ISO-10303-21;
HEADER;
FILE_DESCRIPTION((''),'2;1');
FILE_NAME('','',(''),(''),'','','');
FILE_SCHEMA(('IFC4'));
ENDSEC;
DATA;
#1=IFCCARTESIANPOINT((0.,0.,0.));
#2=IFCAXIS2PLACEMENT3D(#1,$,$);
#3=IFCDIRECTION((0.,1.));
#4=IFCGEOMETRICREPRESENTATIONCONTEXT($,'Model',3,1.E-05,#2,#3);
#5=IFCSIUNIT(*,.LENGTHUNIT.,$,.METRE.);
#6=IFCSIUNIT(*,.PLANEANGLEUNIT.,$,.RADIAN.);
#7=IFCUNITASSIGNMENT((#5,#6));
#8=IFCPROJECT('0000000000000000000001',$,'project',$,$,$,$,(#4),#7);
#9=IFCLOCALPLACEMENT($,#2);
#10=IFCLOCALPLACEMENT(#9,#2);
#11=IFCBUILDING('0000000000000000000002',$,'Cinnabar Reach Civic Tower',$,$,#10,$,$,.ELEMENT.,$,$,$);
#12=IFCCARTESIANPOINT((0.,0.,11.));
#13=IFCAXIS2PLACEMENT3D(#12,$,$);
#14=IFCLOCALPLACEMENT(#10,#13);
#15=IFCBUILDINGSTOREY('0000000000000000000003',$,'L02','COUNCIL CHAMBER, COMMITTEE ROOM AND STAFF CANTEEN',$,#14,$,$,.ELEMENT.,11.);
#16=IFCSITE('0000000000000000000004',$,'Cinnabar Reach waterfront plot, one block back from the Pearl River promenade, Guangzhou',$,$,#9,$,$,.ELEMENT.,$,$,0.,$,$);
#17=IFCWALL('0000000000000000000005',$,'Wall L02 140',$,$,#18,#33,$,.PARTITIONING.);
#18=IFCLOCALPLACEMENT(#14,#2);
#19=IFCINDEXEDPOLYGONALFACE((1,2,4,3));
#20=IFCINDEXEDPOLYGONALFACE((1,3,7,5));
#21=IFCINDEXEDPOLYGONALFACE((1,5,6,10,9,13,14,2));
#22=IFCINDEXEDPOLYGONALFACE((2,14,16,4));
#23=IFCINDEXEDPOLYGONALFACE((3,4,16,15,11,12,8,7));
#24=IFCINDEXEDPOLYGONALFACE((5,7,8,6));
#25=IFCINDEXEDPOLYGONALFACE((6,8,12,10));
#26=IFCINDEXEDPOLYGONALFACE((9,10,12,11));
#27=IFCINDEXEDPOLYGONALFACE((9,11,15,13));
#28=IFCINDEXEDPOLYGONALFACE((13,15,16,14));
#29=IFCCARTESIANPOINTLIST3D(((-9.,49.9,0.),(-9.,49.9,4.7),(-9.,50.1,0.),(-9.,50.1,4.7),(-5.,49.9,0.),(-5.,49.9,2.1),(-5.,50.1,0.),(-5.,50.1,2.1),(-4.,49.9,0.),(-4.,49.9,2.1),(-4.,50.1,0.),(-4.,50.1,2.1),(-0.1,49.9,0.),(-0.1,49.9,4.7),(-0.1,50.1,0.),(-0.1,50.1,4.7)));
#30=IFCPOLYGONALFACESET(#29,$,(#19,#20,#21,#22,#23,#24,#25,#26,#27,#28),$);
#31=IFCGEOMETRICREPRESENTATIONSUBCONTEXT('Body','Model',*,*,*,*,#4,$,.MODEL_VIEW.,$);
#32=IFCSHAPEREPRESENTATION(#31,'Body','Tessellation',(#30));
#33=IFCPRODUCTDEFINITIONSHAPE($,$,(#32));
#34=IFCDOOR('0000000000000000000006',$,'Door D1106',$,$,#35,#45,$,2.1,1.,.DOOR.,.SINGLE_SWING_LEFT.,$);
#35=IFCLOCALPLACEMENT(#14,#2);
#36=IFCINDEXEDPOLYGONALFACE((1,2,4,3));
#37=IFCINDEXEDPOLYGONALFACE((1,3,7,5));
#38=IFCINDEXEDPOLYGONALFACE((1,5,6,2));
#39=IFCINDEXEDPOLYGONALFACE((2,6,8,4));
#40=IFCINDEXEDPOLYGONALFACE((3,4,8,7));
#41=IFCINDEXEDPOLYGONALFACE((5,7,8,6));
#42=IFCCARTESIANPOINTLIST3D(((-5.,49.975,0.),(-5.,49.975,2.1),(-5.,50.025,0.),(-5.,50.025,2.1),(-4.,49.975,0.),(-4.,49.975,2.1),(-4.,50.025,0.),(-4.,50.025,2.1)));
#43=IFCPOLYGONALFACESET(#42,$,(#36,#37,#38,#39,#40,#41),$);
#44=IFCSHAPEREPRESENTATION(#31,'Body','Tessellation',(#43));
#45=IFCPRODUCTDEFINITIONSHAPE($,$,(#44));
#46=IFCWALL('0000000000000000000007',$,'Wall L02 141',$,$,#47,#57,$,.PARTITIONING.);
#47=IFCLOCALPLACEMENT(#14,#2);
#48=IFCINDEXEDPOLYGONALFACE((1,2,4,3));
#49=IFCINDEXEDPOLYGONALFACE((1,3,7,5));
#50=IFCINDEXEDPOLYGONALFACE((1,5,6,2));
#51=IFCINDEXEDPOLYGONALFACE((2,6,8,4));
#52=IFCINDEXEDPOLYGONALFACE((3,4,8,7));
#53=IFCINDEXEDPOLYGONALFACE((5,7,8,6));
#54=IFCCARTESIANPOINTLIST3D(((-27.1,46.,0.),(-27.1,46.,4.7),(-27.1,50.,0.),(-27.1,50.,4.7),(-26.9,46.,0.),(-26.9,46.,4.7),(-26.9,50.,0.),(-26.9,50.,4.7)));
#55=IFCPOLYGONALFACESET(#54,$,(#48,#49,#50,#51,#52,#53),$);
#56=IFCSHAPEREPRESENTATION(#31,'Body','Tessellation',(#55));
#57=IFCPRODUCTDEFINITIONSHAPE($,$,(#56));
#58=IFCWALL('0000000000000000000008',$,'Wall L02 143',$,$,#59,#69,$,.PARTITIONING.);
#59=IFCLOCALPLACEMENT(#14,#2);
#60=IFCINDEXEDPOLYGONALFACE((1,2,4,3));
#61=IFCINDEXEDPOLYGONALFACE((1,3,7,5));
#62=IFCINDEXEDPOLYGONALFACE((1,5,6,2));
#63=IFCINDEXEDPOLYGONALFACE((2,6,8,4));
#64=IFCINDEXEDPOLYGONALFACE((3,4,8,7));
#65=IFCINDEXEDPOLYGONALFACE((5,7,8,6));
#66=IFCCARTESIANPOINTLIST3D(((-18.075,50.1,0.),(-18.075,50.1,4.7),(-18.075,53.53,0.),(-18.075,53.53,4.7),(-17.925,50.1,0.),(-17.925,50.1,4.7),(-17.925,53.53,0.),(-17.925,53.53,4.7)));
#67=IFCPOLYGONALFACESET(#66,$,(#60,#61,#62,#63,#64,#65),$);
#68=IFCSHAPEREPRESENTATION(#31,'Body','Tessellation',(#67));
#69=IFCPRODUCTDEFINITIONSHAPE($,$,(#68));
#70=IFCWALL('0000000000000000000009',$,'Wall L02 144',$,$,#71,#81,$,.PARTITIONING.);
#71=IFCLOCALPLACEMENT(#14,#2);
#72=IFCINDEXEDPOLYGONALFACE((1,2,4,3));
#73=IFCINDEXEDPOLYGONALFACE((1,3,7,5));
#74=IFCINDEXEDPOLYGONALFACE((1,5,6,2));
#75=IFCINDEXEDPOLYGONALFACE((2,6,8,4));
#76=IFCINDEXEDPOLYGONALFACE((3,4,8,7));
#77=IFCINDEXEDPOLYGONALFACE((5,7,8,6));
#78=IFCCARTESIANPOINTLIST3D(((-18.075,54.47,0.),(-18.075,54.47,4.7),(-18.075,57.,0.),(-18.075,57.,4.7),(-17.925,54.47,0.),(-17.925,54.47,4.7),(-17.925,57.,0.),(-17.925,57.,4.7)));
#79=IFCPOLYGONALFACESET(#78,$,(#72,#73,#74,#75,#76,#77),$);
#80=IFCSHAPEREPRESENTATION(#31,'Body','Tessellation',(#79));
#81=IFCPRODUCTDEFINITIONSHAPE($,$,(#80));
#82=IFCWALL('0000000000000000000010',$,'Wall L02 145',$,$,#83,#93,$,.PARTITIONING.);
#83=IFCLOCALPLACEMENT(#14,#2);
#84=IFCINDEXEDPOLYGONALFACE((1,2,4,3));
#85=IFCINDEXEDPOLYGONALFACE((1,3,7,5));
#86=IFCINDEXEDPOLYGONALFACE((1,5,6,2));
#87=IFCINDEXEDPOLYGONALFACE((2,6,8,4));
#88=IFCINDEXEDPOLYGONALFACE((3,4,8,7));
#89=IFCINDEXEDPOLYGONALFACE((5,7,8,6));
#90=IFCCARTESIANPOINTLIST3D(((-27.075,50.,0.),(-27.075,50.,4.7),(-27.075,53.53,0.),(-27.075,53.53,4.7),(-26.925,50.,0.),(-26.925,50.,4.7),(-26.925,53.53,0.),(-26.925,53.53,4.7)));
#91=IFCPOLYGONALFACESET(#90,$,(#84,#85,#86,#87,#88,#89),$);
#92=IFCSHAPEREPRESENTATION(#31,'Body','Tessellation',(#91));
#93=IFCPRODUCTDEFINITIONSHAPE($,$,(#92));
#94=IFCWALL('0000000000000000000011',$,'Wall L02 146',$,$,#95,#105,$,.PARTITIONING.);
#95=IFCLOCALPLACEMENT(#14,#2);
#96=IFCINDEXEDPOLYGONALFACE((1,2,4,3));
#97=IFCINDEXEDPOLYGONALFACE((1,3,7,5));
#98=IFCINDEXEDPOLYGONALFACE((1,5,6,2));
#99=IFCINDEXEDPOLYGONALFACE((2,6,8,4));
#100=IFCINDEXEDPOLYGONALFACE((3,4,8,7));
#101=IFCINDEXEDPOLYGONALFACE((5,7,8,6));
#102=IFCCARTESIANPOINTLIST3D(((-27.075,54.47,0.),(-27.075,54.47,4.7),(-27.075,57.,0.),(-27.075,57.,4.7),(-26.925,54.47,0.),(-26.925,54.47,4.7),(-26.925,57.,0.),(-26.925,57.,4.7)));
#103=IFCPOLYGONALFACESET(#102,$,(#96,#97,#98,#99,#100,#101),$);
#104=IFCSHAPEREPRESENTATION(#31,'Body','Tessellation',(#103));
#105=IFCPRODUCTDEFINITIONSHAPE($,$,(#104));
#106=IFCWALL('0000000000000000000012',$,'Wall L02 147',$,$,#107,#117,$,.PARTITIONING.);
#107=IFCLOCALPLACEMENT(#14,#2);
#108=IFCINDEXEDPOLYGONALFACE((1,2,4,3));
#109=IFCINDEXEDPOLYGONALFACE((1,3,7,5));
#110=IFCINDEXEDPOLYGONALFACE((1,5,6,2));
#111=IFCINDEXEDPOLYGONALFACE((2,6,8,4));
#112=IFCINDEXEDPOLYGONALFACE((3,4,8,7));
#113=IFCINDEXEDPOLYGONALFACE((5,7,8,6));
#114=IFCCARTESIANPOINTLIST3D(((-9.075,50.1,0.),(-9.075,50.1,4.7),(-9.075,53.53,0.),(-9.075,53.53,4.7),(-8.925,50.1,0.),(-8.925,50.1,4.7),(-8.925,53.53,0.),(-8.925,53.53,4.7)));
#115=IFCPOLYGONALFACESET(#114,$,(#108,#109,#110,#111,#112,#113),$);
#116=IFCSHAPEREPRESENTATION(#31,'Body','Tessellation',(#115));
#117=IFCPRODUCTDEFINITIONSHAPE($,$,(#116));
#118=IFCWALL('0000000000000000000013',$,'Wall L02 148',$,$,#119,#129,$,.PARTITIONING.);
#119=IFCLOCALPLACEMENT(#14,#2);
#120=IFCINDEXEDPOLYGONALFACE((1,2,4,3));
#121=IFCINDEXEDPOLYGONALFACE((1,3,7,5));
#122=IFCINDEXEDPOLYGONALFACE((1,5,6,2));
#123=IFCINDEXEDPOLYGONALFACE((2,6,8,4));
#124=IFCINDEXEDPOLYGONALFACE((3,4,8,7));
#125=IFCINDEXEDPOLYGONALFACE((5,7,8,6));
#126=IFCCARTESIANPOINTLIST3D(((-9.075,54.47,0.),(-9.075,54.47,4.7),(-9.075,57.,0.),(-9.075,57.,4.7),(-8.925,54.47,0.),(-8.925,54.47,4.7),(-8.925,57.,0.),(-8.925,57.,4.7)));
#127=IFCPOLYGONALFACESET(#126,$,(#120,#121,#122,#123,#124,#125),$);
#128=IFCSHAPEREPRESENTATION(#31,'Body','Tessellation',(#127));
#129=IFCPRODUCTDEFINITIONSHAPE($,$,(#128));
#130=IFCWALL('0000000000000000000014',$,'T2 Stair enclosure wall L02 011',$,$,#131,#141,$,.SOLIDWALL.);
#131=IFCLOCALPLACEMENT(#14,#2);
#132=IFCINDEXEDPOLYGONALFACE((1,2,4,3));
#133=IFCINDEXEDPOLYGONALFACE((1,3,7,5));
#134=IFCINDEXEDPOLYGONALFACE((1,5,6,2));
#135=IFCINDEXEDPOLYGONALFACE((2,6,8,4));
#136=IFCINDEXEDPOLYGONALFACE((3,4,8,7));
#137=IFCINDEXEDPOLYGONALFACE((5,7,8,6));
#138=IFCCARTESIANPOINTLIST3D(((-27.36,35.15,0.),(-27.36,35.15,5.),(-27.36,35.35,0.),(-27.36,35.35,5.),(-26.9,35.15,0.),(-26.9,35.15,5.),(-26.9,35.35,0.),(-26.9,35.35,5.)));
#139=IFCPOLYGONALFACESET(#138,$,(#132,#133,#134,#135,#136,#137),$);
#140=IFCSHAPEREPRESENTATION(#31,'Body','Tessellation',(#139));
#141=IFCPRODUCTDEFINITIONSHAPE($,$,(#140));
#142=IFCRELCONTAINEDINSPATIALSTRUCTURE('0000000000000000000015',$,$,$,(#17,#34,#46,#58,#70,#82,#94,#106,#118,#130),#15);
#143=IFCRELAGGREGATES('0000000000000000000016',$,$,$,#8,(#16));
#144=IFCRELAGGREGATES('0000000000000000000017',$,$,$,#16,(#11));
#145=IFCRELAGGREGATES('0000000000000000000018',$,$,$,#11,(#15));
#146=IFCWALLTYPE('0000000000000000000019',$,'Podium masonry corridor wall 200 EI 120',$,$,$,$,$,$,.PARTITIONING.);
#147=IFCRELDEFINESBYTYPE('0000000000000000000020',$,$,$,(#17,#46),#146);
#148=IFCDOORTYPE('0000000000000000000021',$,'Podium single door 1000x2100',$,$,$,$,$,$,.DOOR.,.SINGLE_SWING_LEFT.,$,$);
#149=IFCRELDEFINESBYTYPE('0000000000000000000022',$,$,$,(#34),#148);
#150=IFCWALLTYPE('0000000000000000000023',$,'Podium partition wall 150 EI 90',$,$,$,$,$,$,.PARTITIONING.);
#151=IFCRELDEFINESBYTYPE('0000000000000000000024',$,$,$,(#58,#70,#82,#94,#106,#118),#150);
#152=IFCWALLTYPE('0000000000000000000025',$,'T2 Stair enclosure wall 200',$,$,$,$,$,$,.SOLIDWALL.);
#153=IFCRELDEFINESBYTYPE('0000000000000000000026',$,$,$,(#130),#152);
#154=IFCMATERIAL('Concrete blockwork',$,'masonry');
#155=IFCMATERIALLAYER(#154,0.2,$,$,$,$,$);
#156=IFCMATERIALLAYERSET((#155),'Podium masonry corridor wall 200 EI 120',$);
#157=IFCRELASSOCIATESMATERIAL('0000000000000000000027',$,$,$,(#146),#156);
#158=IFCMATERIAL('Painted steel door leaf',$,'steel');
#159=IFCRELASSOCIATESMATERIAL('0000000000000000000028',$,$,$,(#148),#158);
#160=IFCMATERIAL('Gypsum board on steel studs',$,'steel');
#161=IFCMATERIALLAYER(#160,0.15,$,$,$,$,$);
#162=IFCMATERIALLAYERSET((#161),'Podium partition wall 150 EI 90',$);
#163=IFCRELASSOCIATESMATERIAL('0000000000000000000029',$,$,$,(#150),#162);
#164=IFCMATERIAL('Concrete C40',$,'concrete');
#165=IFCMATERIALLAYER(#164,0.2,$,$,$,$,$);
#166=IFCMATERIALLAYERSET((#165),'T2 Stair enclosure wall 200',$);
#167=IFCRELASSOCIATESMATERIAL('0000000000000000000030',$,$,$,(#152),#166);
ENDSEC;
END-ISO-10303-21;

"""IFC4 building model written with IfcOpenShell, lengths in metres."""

from ifc_helpers import new_model, si_unit, direction, frame, frame_2d, origin, place, context, subcontext, project, spatial, rectangle, extrude, material, layer, layer_set, type_object, element, fill, save


model = new_model("IFC4")

# Units and contexts
model_context = context("Model", 3, precision=1e-05, world=origin(), true_north=direction((0.0, 1.0)))
body_context = subcontext(model_context, "Body", "Model", "MODEL_VIEW")
ifc_project = project(units=[si_unit("LENGTHUNIT", "METRE"), si_unit("PLANEANGLEUNIT", "RADIAN")], contexts=[model_context])

# Site, building, storey
site_placement = place(None, origin())
site = spatial("IfcSite", under=ifc_project, at=site_placement, Name="Cinnabar Reach waterfront plot, one block back from the Pearl River promenade, Guangzhou", CompositionType="ELEMENT", RefElevation=0.0)
building_placement = place(site_placement, origin())
building = spatial("IfcBuilding", under=site, at=building_placement, Name="Cinnabar Reach Civic Tower", CompositionType="ELEMENT")
storey_placement = place(building_placement, frame((0.0, 0.0, 11.0)))
storey = spatial("IfcBuildingStorey", under=building, at=storey_placement, Name="L02", Description="COUNCIL CHAMBER, COMMITTEE ROOM AND STAFF CANTEEN", CompositionType="ELEMENT", Elevation=11.0)

# Shared definitions
ifc_material_1 = material(Name="Concrete blockwork", Category="masonry")
ifc_layer_1 = layer(ifc_material_1, 0.2)
ifc_layer_set_1 = layer_set([ifc_layer_1], Name="Podium masonry corridor wall 200 EI 120")
wall_type_1 = type_object("IfcWallType", Name="Podium masonry corridor wall 200 EI 120", PredefinedType="PARTITIONING", material=ifc_layer_set_1)

# Wall, opening, door
ifc_material_2 = material(Name="Painted steel door leaf", Category="steel")
door_type = type_object("IfcDoorType", Name="Podium single door 1000x2100", OperationType="SINGLE_SWING_LEFT", PredefinedType="DOOR", material=ifc_material_2)
wall_1_placement = place(storey_placement, frame((-9.0, 50.0, 0.0), z_axis=(0.0, 0.0, 1.0), x_axis=(1.0, 0.0, 0.0)))
wall_1 = element("IfcWall", 1, at=wall_1_placement, inside=storey, type_object=wall_type_1, Name="Wall L02 140", PredefinedType="PARTITIONING", context=body_context, shape_type="SweptSolid", body=[
    extrude(rectangle(XDim=8.9, YDim=0.2, at=frame_2d((4.45, 0.0))), origin(), (0.0, 0.0, 1.0), 4.7),
])
opening_1_placement = place(wall_1_placement, frame((4.0, 0.0, 0.0)))
opening_1 = element("IfcOpeningElement", 2, at=opening_1_placement, cuts=wall_1, PredefinedType="OPENING", context=body_context, shape_type="SweptSolid", body=[
    extrude(rectangle(XDim=1.0, YDim=2.1, at=frame_2d((0.5, 1.05))), frame((0.0, 0.11, 0.0), z_axis=(0.0, -1.0, 0.0), x_axis=(1.0, 0.0, 0.0)), (0.0, 0.0, 1.0), 0.22),
])
door_1_placement = place(opening_1_placement, origin())
door_1 = element("IfcDoor", 3, at=door_1_placement, inside=storey, type_object=door_type, Name="Door D1106", OperationType="SINGLE_SWING_LEFT", OverallHeight=2.1, OverallWidth=1.0, PredefinedType="DOOR", context=body_context, shape_type="SweptSolid", body=[
    extrude(rectangle(XDim=1.0, YDim=2.1, at=frame_2d((0.5, 1.05))), frame((0.0, 0.025, 0.0), z_axis=(0.0, -1.0, 0.0), x_axis=(1.0, 0.0, 0.0)), (0.0, 0.0, 1.0), 0.05),
])
fill(opening_1, door_1)

# Walls
wall_2_placement = place(storey_placement, frame((-27.0, 46.0, 0.0), z_axis=(0.0, 0.0, 1.0), x_axis=(0.0, 1.0, 0.0)))
element("IfcWall", 4, at=wall_2_placement, inside=storey, type_object=wall_type_1, Name="Wall L02 141", PredefinedType="PARTITIONING", context=body_context, shape_type="SweptSolid", body=[
    extrude(rectangle(XDim=4.0, YDim=0.2, at=frame_2d((2.0, 0.0))), origin(), (0.0, 0.0, 1.0), 4.7),
])
ifc_material_3 = material(Name="Gypsum board on steel studs", Category="steel")
ifc_layer_2 = layer(ifc_material_3, 0.15)
ifc_layer_set_2 = layer_set([ifc_layer_2], Name="Podium partition wall 150 EI 90")
wall_type_2 = type_object("IfcWallType", Name="Podium partition wall 150 EI 90", PredefinedType="PARTITIONING", material=ifc_layer_set_2)
wall_3_placement = place(storey_placement, frame((-18.0, 50.1, 0.0), z_axis=(0.0, 0.0, 1.0), x_axis=(0.0, 1.0, 0.0)))
element("IfcWall", 5, at=wall_3_placement, inside=storey, type_object=wall_type_2, Name="Wall L02 143", PredefinedType="PARTITIONING", context=body_context, shape_type="SweptSolid", body=[
    extrude(rectangle(XDim=3.43, YDim=0.15, at=frame_2d((1.715, 0.0))), origin(), (0.0, 0.0, 1.0), 4.7),
])
wall_4_placement = place(storey_placement, frame((-18.0, 54.47, 0.0), z_axis=(0.0, 0.0, 1.0), x_axis=(0.0, 1.0, 0.0)))
element("IfcWall", 6, at=wall_4_placement, inside=storey, type_object=wall_type_2, Name="Wall L02 144", PredefinedType="PARTITIONING", context=body_context, shape_type="SweptSolid", body=[
    extrude(rectangle(XDim=2.53, YDim=0.15, at=frame_2d((1.265, 0.0))), origin(), (0.0, 0.0, 1.0), 4.7),
])
wall_5_placement = place(storey_placement, frame((-27.0, 50.0, 0.0), z_axis=(0.0, 0.0, 1.0), x_axis=(0.0, 1.0, 0.0)))
element("IfcWall", 7, at=wall_5_placement, inside=storey, type_object=wall_type_2, Name="Wall L02 145", PredefinedType="PARTITIONING", context=body_context, shape_type="SweptSolid", body=[
    extrude(rectangle(XDim=3.53, YDim=0.15, at=frame_2d((1.765, 0.0))), origin(), (0.0, 0.0, 1.0), 4.7),
])
wall_6_placement = place(storey_placement, frame((-27.0, 54.47, 0.0), z_axis=(0.0, 0.0, 1.0), x_axis=(0.0, 1.0, 0.0)))
element("IfcWall", 8, at=wall_6_placement, inside=storey, type_object=wall_type_2, Name="Wall L02 146", PredefinedType="PARTITIONING", context=body_context, shape_type="SweptSolid", body=[
    extrude(rectangle(XDim=2.53, YDim=0.15, at=frame_2d((1.265, 0.0))), origin(), (0.0, 0.0, 1.0), 4.7),
])
wall_7_placement = place(storey_placement, frame((-9.0, 50.1, 0.0), z_axis=(0.0, 0.0, 1.0), x_axis=(0.0, 1.0, 0.0)))
element("IfcWall", 9, at=wall_7_placement, inside=storey, type_object=wall_type_2, Name="Wall L02 147", PredefinedType="PARTITIONING", context=body_context, shape_type="SweptSolid", body=[
    extrude(rectangle(XDim=3.43, YDim=0.15, at=frame_2d((1.715, 0.0))), origin(), (0.0, 0.0, 1.0), 4.7),
])
wall_8_placement = place(storey_placement, frame((-9.0, 54.47, 0.0), z_axis=(0.0, 0.0, 1.0), x_axis=(0.0, 1.0, 0.0)))
element("IfcWall", 10, at=wall_8_placement, inside=storey, type_object=wall_type_2, Name="Wall L02 148", PredefinedType="PARTITIONING", context=body_context, shape_type="SweptSolid", body=[
    extrude(rectangle(XDim=2.53, YDim=0.15, at=frame_2d((1.265, 0.0))), origin(), (0.0, 0.0, 1.0), 4.7),
])
ifc_material_4 = material(Name="Concrete C40", Category="concrete")
ifc_layer_3 = layer(ifc_material_4, 0.2)
ifc_layer_set_3 = layer_set([ifc_layer_3], Name="T2 Stair enclosure wall 200")
wall_type_3 = type_object("IfcWallType", Name="T2 Stair enclosure wall 200", PredefinedType="SOLIDWALL", material=ifc_layer_set_3)
wall_9_placement = place(storey_placement, frame((-26.9, 35.25, 0.0), z_axis=(0.0, 0.0, 1.0), x_axis=(-1.0, 0.0, 0.0)))
element("IfcWall", 11, at=wall_9_placement, inside=storey, type_object=wall_type_3, Name="T2 Stair enclosure wall L02 011", PredefinedType="SOLIDWALL", context=body_context, shape_type="SweptSolid", body=[
    extrude(rectangle(XDim=0.46, YDim=0.2, at=frame_2d((0.23, 0.0))), origin(), (0.0, 0.0, 1.0), 5.0),
])

save(model, "model.ifc")
